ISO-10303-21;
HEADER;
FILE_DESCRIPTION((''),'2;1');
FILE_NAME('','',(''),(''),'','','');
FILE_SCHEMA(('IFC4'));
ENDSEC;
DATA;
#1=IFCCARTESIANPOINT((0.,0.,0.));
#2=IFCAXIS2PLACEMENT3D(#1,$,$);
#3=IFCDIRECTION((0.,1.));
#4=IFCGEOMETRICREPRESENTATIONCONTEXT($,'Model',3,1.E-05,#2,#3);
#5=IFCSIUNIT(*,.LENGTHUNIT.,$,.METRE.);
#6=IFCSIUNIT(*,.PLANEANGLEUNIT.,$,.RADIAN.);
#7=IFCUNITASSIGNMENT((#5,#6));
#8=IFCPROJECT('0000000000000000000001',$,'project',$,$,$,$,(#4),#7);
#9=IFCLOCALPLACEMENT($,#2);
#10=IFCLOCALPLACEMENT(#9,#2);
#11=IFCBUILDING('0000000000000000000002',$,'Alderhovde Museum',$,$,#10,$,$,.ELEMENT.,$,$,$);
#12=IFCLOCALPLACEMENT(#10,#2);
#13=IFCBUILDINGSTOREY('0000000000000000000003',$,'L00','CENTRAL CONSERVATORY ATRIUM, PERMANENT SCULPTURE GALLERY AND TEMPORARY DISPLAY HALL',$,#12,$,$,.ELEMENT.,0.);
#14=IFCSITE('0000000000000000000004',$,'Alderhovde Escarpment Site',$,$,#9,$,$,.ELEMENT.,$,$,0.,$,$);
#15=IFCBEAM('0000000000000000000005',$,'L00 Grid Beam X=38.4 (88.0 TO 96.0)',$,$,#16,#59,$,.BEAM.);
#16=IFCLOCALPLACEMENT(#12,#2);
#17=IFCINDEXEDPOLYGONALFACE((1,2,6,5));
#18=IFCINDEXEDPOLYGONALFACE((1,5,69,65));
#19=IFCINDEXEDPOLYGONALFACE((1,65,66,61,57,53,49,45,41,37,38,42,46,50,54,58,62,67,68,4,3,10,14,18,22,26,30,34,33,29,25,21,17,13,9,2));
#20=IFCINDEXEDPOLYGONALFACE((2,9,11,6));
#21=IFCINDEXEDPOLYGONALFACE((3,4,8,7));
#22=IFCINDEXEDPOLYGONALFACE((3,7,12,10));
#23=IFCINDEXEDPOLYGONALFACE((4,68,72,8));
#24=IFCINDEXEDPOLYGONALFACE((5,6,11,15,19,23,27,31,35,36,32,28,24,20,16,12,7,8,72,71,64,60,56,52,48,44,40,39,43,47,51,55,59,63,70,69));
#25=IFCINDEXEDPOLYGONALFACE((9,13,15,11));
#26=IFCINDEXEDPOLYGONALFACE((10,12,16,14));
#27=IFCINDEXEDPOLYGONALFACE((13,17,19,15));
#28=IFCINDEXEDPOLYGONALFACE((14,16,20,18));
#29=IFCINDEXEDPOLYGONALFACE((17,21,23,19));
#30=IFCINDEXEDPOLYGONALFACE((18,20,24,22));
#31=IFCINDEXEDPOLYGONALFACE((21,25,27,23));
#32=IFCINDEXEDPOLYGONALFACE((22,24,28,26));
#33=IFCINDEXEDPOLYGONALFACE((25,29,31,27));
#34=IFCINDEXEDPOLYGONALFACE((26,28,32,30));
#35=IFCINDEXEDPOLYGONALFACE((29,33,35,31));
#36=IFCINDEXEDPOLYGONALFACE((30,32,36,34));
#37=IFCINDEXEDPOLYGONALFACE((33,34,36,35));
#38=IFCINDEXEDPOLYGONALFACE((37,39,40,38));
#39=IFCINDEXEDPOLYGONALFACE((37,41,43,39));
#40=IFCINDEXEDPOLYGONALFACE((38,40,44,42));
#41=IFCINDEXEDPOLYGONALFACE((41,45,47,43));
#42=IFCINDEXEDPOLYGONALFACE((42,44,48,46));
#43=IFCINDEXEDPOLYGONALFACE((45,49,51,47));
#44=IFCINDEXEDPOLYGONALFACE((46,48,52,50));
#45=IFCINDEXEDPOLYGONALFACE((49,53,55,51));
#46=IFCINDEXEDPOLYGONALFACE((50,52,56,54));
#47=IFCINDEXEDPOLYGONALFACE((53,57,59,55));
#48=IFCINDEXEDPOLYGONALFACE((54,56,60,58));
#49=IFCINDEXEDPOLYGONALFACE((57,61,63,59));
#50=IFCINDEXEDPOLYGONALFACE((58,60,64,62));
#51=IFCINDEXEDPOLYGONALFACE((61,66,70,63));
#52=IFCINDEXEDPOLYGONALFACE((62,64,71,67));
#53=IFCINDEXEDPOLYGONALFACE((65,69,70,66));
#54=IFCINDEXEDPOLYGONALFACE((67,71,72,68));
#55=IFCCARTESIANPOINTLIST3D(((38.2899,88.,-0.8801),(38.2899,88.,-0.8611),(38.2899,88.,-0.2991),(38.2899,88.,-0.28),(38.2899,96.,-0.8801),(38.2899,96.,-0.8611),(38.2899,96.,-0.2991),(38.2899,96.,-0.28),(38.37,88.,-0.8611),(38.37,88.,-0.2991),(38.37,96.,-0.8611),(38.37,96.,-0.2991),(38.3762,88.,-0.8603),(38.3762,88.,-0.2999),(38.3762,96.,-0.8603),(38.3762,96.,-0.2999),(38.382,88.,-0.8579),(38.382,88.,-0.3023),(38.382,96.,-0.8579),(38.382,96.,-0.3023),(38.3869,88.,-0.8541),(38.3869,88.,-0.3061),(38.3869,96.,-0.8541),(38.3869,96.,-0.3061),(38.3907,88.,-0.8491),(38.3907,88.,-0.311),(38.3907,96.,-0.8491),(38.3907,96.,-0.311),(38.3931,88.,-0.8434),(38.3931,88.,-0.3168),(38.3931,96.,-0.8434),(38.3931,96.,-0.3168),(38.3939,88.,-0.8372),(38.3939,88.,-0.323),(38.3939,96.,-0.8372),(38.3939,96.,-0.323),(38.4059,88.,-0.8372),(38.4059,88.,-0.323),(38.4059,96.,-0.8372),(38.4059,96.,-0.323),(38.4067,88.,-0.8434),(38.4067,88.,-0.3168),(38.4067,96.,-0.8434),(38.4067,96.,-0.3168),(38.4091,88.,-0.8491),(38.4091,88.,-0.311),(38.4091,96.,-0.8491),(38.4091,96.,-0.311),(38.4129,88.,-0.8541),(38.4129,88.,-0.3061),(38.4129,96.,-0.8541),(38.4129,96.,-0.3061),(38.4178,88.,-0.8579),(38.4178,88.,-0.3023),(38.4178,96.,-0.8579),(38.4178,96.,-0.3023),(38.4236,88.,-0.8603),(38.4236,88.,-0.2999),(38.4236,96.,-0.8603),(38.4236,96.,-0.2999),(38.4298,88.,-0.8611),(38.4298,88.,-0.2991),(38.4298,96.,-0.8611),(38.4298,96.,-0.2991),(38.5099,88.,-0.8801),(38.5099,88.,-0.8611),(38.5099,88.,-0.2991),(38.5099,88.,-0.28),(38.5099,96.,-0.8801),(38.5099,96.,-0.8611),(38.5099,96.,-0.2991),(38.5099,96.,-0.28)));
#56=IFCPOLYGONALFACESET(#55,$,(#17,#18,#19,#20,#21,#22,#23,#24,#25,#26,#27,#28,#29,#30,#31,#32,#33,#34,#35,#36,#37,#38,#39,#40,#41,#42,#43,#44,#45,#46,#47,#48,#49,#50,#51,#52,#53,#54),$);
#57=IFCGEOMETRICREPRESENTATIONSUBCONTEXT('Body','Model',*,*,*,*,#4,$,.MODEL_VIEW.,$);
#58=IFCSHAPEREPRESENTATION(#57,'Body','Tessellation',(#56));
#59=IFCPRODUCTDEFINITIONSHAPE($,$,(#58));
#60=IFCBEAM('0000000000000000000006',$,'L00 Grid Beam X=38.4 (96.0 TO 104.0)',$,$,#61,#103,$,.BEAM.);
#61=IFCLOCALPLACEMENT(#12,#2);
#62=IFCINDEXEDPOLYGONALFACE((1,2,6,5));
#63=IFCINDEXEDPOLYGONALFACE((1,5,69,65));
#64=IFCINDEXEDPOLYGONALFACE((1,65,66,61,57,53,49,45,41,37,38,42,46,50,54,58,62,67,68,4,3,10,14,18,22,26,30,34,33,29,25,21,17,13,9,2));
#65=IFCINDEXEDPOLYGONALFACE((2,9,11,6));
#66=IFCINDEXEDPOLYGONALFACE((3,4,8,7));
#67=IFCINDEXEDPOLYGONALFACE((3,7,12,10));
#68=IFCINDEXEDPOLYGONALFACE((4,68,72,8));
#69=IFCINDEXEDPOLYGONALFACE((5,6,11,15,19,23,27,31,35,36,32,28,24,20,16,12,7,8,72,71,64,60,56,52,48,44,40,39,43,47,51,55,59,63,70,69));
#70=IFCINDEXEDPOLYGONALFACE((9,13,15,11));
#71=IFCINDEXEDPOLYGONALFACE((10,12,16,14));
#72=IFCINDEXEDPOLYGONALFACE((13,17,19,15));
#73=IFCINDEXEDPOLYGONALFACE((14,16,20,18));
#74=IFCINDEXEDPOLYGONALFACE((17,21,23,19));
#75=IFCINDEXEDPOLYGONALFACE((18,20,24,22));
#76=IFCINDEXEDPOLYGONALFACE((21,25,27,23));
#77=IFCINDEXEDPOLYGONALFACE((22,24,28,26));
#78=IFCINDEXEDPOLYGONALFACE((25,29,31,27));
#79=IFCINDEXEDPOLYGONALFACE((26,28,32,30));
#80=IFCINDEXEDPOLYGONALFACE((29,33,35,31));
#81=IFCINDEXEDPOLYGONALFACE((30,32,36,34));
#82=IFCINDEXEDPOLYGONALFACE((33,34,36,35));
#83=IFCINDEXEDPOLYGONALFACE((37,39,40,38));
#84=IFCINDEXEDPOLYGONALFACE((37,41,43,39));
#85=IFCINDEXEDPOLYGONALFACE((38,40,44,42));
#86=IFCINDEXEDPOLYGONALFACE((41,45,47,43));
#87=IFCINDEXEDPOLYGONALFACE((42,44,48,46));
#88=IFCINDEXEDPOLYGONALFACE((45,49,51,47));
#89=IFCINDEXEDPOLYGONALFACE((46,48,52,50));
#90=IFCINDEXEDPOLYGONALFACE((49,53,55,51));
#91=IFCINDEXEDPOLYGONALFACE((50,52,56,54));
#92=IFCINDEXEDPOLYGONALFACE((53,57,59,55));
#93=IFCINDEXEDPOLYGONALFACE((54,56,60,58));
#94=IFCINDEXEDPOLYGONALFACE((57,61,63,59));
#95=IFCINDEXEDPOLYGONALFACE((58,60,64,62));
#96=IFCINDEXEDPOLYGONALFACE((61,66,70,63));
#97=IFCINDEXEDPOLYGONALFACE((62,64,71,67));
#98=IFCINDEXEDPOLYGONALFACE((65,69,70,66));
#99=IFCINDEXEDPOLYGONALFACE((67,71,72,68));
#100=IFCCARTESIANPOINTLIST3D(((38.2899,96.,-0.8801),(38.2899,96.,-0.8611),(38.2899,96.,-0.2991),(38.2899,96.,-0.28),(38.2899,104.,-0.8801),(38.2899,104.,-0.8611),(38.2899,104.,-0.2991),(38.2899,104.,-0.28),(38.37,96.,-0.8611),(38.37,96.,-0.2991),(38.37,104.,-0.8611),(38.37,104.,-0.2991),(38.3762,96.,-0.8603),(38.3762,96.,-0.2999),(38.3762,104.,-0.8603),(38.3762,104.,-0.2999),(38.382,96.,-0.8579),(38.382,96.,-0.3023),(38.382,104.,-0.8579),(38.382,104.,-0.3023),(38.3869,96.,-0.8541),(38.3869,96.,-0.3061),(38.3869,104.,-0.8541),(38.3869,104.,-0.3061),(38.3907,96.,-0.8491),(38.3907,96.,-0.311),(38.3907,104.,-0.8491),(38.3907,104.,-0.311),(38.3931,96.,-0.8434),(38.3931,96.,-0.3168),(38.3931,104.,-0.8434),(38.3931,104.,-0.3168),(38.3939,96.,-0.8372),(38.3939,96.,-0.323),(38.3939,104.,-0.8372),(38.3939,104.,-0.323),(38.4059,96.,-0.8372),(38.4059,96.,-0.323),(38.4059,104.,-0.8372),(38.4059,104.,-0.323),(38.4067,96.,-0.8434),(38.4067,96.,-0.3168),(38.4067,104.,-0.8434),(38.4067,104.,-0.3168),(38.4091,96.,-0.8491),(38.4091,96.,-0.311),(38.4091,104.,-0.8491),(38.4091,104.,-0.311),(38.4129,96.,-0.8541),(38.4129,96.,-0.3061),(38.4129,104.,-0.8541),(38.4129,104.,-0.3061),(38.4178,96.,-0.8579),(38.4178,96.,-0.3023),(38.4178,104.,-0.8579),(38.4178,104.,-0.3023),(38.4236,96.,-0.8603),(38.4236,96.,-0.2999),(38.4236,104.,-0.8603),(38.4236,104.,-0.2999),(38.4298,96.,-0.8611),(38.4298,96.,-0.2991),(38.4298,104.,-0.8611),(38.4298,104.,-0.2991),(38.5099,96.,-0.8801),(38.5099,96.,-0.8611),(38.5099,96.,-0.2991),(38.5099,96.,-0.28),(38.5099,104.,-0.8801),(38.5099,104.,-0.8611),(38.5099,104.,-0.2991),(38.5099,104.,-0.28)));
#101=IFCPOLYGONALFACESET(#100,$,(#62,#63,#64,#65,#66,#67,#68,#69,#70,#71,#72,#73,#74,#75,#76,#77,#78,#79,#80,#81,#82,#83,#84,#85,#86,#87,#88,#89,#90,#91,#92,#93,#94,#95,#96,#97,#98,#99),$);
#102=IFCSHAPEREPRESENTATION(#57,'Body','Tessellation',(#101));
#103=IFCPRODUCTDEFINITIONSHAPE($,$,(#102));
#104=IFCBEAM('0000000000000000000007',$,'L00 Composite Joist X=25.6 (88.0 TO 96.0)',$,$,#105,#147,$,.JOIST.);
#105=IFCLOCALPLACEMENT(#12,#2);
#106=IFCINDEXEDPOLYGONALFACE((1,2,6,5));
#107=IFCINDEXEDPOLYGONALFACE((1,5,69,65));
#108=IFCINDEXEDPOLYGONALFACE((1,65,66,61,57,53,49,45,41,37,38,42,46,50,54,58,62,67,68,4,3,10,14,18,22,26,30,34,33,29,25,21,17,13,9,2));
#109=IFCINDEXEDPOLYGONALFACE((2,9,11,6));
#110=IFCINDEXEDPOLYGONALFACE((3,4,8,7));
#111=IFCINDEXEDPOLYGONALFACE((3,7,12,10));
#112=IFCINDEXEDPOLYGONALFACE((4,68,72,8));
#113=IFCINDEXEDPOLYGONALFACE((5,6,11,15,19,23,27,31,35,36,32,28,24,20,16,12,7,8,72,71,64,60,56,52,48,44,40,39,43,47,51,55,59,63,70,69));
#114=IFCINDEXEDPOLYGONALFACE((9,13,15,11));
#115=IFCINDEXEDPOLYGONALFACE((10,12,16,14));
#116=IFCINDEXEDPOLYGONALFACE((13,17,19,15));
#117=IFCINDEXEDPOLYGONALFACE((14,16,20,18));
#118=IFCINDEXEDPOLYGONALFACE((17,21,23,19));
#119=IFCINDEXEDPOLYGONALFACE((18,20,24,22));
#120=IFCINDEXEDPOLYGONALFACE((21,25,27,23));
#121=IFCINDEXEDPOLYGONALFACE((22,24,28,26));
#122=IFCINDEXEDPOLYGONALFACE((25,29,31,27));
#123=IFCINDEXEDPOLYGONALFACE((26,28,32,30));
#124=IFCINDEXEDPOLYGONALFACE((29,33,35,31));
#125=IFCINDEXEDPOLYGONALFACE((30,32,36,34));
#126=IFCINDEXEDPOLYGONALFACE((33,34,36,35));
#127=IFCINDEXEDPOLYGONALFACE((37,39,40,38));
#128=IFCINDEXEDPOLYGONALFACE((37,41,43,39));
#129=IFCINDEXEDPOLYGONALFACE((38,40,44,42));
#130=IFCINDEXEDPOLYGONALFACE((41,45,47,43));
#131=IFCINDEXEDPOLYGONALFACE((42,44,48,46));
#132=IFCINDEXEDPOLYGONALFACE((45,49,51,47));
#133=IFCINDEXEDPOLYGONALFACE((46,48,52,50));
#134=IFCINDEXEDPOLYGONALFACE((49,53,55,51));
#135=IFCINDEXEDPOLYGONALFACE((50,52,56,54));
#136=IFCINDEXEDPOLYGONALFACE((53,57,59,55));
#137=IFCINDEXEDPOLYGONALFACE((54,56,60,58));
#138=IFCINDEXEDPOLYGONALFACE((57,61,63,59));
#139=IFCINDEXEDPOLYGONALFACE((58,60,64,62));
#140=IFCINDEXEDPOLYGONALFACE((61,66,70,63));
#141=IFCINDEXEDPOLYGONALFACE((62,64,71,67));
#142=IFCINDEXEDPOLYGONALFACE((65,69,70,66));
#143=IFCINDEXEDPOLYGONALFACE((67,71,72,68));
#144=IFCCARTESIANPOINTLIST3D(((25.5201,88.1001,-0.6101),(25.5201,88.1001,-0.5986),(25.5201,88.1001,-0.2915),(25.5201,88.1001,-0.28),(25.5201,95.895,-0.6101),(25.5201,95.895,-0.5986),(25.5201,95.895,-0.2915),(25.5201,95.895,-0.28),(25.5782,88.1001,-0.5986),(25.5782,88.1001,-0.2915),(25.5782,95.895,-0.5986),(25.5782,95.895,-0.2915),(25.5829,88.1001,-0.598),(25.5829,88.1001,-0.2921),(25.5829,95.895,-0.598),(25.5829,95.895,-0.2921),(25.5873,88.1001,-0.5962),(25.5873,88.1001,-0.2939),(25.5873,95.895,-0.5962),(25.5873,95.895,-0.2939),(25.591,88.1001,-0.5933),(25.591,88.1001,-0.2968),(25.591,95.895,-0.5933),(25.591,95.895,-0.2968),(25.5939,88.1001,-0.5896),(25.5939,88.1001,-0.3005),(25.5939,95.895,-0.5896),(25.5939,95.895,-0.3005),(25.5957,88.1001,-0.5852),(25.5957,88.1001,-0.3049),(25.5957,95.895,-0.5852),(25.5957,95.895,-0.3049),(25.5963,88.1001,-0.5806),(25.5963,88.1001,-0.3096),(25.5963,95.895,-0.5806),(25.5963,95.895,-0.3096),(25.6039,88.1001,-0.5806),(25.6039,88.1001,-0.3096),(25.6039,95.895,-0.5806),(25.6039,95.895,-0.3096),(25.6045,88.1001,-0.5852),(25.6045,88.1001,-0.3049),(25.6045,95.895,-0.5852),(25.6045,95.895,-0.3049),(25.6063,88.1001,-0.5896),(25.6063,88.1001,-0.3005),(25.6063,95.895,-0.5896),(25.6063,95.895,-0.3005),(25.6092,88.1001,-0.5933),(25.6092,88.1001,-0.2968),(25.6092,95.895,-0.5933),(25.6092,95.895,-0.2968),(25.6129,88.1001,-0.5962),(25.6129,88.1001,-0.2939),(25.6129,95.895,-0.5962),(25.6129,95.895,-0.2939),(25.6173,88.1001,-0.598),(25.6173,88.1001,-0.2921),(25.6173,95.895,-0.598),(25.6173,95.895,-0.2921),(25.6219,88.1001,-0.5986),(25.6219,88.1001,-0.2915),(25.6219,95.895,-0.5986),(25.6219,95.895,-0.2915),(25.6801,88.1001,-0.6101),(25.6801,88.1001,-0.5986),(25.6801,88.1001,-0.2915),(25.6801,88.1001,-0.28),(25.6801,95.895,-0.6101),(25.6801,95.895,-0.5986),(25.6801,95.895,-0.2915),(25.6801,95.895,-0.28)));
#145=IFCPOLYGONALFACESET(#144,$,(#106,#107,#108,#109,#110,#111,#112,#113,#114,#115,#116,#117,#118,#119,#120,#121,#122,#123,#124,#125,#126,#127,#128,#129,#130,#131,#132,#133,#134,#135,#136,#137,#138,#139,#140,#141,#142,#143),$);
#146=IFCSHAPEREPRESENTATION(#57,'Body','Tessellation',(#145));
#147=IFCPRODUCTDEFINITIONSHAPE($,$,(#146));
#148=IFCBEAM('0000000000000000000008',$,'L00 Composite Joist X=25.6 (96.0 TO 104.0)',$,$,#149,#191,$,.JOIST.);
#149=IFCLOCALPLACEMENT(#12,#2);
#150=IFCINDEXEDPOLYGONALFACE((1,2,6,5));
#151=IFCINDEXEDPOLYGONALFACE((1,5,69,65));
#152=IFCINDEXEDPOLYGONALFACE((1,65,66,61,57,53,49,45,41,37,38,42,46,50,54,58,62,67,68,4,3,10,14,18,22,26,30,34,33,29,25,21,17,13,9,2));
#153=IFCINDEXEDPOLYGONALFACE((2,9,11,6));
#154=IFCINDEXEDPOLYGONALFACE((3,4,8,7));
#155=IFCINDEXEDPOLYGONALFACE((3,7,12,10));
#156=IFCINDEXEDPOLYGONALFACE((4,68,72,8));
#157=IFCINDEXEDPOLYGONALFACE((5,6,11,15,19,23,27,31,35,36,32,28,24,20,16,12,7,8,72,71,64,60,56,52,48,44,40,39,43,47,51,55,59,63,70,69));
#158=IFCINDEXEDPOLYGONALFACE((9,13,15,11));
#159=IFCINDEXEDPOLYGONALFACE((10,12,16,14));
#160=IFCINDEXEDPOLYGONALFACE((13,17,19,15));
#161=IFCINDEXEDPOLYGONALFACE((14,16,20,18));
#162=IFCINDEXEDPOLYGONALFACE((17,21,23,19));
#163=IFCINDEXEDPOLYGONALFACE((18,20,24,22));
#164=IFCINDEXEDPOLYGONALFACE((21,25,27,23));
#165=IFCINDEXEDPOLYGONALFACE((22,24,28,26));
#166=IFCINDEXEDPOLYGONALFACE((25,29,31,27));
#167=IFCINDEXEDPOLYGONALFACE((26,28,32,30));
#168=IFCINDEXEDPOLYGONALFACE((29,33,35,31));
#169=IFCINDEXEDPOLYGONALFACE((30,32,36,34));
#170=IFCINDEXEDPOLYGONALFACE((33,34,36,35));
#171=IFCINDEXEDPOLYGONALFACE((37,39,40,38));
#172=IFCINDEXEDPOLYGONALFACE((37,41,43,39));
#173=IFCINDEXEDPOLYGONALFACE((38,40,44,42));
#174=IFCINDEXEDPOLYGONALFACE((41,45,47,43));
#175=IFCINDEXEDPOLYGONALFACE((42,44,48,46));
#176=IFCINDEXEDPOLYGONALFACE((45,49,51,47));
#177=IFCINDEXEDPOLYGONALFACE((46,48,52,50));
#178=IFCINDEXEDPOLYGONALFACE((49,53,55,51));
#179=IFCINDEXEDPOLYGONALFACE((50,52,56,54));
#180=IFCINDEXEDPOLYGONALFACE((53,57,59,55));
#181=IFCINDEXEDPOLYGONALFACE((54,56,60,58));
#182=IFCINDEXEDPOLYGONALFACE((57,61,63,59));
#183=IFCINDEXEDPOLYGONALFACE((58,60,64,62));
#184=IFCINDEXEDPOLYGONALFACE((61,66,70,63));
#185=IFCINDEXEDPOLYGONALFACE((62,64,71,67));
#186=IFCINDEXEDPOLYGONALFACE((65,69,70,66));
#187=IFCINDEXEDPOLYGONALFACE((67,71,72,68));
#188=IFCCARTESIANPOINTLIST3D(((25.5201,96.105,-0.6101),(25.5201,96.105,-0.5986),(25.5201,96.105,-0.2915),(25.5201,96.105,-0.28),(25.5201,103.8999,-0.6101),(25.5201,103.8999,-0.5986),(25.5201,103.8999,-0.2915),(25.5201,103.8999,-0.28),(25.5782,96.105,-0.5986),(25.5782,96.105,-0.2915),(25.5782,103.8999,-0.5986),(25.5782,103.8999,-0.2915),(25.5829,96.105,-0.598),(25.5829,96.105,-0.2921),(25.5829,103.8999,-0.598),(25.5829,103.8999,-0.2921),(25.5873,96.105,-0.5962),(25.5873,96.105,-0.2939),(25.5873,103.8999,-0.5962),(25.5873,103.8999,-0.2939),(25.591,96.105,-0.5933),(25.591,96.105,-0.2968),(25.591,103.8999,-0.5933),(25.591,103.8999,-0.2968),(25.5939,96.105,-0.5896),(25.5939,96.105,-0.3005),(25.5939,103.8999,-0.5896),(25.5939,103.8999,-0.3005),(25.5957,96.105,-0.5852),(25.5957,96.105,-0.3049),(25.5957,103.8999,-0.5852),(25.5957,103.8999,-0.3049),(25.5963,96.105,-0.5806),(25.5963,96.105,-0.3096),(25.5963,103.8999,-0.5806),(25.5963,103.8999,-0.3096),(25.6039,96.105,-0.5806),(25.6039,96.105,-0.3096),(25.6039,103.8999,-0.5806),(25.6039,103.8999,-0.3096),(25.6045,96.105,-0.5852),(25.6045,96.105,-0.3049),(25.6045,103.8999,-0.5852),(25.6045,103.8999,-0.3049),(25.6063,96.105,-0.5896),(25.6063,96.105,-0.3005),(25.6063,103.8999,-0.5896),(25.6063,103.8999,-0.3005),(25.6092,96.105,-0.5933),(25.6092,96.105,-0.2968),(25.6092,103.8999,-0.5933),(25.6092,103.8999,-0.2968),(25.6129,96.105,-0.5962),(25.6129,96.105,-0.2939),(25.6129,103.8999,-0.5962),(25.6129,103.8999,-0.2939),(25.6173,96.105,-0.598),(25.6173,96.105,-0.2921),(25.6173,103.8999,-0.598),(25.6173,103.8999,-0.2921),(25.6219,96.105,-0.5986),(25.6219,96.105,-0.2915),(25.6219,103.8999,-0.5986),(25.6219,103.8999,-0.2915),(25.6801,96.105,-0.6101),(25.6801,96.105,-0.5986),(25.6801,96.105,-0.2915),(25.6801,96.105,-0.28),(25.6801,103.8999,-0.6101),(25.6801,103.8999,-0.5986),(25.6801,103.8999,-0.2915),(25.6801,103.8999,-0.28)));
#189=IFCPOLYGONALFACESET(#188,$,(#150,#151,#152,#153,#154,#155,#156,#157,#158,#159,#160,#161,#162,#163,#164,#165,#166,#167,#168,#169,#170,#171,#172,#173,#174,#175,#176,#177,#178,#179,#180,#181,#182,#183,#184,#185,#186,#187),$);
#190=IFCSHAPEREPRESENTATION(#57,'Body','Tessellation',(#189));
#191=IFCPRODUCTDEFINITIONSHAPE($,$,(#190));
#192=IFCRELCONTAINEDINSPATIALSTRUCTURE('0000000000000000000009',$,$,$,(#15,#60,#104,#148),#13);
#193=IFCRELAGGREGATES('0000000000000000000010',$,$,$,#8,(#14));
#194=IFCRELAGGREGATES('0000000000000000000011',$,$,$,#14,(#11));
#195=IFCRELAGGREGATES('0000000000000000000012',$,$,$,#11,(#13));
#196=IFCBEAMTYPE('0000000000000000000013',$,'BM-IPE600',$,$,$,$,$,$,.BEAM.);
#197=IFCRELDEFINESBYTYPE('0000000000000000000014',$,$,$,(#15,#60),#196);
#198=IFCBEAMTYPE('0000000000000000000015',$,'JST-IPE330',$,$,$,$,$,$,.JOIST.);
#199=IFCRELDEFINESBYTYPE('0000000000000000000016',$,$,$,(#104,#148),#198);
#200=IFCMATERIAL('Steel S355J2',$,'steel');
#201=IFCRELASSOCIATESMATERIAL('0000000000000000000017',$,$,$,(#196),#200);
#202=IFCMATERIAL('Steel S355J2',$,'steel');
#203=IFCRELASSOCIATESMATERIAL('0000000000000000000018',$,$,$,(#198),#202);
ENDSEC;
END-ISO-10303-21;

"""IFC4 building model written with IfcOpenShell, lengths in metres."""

from ifc_helpers import new_model, si_unit, direction, frame, origin, origin_2d, place, context, subcontext, project, spatial, i_section, extrude, material, material_profile, profile_set, type_object, element, save


model = new_model("IFC4")

# Units and contexts
model_context = context("Model", 3, precision=1e-05, world=origin(), true_north=direction((0.0, 1.0)))
body_context = subcontext(model_context, "Body", "Model", "MODEL_VIEW")
ifc_project = project(units=[si_unit("LENGTHUNIT", "METRE"), si_unit("PLANEANGLEUNIT", "RADIAN")], contexts=[model_context])

# Site, building, storey
site_placement = place(None, origin())
site = spatial("IfcSite", under=ifc_project, at=site_placement, Name="Alderhovde Escarpment Site", CompositionType="ELEMENT", RefElevation=0.0)
building_placement = place(site_placement, origin())
building = spatial("IfcBuilding", under=site, at=building_placement, Name="Alderhovde Museum", CompositionType="ELEMENT")
storey_placement = place(building_placement, origin())
storey = spatial("IfcBuildingStorey", under=building, at=storey_placement, Name="L00", Description="CENTRAL CONSERVATORY ATRIUM, PERMANENT SCULPTURE GALLERY AND TEMPORARY DISPLAY HALL", CompositionType="ELEMENT", Elevation=0.0)

# Beams
ifc_material_1 = material(Name="Steel S355J2", Category="steel")
ifc_material_profile_1 = material_profile(ifc_material_1, i_section(OverallWidth=0.22, OverallDepth=0.6001, WebThickness=0.012, FlangeThickness=0.019, FilletRadius=0.0239, at=origin_2d()), Name="IPE 600")
ifc_profile_set_1 = profile_set([ifc_material_profile_1], Name="Steel S355J2")
beam_type_1 = type_object("IfcBeamType", Name="BM-IPE600", PredefinedType="BEAM", material=ifc_profile_set_1)
for number, where, z_axis, x_axis, name in (
    (1, (38.3999, 88.0, -0.5801), (0.0, 1.0, 0.0), (-1.0, 0.0, 0.0), "L00 Grid Beam X=38.4 (88.0 TO 96.0)"),
    (2, (38.3999, 96.0, -0.5801), (0.0, 1.0, 0.0), (-1.0, 0.0, 0.0), "L00 Grid Beam X=38.4 (96.0 TO 104.0)"),
):
    element("IfcBeam", number, at=place(storey_placement, frame(where, z_axis=z_axis, x_axis=x_axis)), inside=storey, type_object=beam_type_1, Name=name, PredefinedType="BEAM", context=body_context, shape_type="SweptSolid", body=[
        extrude(i_section(OverallWidth=0.22, OverallDepth=0.6001, WebThickness=0.012, FlangeThickness=0.019, FilletRadius=0.0239, at=origin_2d()), origin(), (0.0, 0.0, 1.0), 8.0),
    ])
ifc_material_2 = material(Name="Steel S355J2", Category="steel")
ifc_material_profile_2 = material_profile(ifc_material_2, i_section(OverallWidth=0.1599, OverallDepth=0.3301, WebThickness=0.0076, FlangeThickness=0.0115, FilletRadius=0.0181, at=origin_2d()), Name="IPE 330")
ifc_profile_set_2 = profile_set([ifc_material_profile_2], Name="Steel S355J2")
beam_type_2 = type_object("IfcBeamType", Name="JST-IPE330", PredefinedType="JOIST", material=ifc_profile_set_2)
for number, where, z_axis, x_axis, name in (
    (3, (25.6001, 88.1001, -0.4451), (0.0, 1.0, 0.0), (-1.0, 0.0, 0.0), "L00 Composite Joist X=25.6 (88.0 TO 96.0)"),
    (4, (25.6001, 96.105, -0.4451), (0.0, 1.0, 0.0), (-1.0, 0.0, 0.0), "L00 Composite Joist X=25.6 (96.0 TO 104.0)"),
):
    element("IfcBeam", number, at=place(storey_placement, frame(where, z_axis=z_axis, x_axis=x_axis)), inside=storey, type_object=beam_type_2, Name=name, PredefinedType="JOIST", context=body_context, shape_type="SweptSolid", body=[
        extrude(i_section(OverallWidth=0.1599, OverallDepth=0.3301, WebThickness=0.0076, FlangeThickness=0.0115, FilletRadius=0.0181, at=origin_2d()), origin(), (0.0, 0.0, 1.0), 7.7949),
    ])

save(model, "model.ifc")
